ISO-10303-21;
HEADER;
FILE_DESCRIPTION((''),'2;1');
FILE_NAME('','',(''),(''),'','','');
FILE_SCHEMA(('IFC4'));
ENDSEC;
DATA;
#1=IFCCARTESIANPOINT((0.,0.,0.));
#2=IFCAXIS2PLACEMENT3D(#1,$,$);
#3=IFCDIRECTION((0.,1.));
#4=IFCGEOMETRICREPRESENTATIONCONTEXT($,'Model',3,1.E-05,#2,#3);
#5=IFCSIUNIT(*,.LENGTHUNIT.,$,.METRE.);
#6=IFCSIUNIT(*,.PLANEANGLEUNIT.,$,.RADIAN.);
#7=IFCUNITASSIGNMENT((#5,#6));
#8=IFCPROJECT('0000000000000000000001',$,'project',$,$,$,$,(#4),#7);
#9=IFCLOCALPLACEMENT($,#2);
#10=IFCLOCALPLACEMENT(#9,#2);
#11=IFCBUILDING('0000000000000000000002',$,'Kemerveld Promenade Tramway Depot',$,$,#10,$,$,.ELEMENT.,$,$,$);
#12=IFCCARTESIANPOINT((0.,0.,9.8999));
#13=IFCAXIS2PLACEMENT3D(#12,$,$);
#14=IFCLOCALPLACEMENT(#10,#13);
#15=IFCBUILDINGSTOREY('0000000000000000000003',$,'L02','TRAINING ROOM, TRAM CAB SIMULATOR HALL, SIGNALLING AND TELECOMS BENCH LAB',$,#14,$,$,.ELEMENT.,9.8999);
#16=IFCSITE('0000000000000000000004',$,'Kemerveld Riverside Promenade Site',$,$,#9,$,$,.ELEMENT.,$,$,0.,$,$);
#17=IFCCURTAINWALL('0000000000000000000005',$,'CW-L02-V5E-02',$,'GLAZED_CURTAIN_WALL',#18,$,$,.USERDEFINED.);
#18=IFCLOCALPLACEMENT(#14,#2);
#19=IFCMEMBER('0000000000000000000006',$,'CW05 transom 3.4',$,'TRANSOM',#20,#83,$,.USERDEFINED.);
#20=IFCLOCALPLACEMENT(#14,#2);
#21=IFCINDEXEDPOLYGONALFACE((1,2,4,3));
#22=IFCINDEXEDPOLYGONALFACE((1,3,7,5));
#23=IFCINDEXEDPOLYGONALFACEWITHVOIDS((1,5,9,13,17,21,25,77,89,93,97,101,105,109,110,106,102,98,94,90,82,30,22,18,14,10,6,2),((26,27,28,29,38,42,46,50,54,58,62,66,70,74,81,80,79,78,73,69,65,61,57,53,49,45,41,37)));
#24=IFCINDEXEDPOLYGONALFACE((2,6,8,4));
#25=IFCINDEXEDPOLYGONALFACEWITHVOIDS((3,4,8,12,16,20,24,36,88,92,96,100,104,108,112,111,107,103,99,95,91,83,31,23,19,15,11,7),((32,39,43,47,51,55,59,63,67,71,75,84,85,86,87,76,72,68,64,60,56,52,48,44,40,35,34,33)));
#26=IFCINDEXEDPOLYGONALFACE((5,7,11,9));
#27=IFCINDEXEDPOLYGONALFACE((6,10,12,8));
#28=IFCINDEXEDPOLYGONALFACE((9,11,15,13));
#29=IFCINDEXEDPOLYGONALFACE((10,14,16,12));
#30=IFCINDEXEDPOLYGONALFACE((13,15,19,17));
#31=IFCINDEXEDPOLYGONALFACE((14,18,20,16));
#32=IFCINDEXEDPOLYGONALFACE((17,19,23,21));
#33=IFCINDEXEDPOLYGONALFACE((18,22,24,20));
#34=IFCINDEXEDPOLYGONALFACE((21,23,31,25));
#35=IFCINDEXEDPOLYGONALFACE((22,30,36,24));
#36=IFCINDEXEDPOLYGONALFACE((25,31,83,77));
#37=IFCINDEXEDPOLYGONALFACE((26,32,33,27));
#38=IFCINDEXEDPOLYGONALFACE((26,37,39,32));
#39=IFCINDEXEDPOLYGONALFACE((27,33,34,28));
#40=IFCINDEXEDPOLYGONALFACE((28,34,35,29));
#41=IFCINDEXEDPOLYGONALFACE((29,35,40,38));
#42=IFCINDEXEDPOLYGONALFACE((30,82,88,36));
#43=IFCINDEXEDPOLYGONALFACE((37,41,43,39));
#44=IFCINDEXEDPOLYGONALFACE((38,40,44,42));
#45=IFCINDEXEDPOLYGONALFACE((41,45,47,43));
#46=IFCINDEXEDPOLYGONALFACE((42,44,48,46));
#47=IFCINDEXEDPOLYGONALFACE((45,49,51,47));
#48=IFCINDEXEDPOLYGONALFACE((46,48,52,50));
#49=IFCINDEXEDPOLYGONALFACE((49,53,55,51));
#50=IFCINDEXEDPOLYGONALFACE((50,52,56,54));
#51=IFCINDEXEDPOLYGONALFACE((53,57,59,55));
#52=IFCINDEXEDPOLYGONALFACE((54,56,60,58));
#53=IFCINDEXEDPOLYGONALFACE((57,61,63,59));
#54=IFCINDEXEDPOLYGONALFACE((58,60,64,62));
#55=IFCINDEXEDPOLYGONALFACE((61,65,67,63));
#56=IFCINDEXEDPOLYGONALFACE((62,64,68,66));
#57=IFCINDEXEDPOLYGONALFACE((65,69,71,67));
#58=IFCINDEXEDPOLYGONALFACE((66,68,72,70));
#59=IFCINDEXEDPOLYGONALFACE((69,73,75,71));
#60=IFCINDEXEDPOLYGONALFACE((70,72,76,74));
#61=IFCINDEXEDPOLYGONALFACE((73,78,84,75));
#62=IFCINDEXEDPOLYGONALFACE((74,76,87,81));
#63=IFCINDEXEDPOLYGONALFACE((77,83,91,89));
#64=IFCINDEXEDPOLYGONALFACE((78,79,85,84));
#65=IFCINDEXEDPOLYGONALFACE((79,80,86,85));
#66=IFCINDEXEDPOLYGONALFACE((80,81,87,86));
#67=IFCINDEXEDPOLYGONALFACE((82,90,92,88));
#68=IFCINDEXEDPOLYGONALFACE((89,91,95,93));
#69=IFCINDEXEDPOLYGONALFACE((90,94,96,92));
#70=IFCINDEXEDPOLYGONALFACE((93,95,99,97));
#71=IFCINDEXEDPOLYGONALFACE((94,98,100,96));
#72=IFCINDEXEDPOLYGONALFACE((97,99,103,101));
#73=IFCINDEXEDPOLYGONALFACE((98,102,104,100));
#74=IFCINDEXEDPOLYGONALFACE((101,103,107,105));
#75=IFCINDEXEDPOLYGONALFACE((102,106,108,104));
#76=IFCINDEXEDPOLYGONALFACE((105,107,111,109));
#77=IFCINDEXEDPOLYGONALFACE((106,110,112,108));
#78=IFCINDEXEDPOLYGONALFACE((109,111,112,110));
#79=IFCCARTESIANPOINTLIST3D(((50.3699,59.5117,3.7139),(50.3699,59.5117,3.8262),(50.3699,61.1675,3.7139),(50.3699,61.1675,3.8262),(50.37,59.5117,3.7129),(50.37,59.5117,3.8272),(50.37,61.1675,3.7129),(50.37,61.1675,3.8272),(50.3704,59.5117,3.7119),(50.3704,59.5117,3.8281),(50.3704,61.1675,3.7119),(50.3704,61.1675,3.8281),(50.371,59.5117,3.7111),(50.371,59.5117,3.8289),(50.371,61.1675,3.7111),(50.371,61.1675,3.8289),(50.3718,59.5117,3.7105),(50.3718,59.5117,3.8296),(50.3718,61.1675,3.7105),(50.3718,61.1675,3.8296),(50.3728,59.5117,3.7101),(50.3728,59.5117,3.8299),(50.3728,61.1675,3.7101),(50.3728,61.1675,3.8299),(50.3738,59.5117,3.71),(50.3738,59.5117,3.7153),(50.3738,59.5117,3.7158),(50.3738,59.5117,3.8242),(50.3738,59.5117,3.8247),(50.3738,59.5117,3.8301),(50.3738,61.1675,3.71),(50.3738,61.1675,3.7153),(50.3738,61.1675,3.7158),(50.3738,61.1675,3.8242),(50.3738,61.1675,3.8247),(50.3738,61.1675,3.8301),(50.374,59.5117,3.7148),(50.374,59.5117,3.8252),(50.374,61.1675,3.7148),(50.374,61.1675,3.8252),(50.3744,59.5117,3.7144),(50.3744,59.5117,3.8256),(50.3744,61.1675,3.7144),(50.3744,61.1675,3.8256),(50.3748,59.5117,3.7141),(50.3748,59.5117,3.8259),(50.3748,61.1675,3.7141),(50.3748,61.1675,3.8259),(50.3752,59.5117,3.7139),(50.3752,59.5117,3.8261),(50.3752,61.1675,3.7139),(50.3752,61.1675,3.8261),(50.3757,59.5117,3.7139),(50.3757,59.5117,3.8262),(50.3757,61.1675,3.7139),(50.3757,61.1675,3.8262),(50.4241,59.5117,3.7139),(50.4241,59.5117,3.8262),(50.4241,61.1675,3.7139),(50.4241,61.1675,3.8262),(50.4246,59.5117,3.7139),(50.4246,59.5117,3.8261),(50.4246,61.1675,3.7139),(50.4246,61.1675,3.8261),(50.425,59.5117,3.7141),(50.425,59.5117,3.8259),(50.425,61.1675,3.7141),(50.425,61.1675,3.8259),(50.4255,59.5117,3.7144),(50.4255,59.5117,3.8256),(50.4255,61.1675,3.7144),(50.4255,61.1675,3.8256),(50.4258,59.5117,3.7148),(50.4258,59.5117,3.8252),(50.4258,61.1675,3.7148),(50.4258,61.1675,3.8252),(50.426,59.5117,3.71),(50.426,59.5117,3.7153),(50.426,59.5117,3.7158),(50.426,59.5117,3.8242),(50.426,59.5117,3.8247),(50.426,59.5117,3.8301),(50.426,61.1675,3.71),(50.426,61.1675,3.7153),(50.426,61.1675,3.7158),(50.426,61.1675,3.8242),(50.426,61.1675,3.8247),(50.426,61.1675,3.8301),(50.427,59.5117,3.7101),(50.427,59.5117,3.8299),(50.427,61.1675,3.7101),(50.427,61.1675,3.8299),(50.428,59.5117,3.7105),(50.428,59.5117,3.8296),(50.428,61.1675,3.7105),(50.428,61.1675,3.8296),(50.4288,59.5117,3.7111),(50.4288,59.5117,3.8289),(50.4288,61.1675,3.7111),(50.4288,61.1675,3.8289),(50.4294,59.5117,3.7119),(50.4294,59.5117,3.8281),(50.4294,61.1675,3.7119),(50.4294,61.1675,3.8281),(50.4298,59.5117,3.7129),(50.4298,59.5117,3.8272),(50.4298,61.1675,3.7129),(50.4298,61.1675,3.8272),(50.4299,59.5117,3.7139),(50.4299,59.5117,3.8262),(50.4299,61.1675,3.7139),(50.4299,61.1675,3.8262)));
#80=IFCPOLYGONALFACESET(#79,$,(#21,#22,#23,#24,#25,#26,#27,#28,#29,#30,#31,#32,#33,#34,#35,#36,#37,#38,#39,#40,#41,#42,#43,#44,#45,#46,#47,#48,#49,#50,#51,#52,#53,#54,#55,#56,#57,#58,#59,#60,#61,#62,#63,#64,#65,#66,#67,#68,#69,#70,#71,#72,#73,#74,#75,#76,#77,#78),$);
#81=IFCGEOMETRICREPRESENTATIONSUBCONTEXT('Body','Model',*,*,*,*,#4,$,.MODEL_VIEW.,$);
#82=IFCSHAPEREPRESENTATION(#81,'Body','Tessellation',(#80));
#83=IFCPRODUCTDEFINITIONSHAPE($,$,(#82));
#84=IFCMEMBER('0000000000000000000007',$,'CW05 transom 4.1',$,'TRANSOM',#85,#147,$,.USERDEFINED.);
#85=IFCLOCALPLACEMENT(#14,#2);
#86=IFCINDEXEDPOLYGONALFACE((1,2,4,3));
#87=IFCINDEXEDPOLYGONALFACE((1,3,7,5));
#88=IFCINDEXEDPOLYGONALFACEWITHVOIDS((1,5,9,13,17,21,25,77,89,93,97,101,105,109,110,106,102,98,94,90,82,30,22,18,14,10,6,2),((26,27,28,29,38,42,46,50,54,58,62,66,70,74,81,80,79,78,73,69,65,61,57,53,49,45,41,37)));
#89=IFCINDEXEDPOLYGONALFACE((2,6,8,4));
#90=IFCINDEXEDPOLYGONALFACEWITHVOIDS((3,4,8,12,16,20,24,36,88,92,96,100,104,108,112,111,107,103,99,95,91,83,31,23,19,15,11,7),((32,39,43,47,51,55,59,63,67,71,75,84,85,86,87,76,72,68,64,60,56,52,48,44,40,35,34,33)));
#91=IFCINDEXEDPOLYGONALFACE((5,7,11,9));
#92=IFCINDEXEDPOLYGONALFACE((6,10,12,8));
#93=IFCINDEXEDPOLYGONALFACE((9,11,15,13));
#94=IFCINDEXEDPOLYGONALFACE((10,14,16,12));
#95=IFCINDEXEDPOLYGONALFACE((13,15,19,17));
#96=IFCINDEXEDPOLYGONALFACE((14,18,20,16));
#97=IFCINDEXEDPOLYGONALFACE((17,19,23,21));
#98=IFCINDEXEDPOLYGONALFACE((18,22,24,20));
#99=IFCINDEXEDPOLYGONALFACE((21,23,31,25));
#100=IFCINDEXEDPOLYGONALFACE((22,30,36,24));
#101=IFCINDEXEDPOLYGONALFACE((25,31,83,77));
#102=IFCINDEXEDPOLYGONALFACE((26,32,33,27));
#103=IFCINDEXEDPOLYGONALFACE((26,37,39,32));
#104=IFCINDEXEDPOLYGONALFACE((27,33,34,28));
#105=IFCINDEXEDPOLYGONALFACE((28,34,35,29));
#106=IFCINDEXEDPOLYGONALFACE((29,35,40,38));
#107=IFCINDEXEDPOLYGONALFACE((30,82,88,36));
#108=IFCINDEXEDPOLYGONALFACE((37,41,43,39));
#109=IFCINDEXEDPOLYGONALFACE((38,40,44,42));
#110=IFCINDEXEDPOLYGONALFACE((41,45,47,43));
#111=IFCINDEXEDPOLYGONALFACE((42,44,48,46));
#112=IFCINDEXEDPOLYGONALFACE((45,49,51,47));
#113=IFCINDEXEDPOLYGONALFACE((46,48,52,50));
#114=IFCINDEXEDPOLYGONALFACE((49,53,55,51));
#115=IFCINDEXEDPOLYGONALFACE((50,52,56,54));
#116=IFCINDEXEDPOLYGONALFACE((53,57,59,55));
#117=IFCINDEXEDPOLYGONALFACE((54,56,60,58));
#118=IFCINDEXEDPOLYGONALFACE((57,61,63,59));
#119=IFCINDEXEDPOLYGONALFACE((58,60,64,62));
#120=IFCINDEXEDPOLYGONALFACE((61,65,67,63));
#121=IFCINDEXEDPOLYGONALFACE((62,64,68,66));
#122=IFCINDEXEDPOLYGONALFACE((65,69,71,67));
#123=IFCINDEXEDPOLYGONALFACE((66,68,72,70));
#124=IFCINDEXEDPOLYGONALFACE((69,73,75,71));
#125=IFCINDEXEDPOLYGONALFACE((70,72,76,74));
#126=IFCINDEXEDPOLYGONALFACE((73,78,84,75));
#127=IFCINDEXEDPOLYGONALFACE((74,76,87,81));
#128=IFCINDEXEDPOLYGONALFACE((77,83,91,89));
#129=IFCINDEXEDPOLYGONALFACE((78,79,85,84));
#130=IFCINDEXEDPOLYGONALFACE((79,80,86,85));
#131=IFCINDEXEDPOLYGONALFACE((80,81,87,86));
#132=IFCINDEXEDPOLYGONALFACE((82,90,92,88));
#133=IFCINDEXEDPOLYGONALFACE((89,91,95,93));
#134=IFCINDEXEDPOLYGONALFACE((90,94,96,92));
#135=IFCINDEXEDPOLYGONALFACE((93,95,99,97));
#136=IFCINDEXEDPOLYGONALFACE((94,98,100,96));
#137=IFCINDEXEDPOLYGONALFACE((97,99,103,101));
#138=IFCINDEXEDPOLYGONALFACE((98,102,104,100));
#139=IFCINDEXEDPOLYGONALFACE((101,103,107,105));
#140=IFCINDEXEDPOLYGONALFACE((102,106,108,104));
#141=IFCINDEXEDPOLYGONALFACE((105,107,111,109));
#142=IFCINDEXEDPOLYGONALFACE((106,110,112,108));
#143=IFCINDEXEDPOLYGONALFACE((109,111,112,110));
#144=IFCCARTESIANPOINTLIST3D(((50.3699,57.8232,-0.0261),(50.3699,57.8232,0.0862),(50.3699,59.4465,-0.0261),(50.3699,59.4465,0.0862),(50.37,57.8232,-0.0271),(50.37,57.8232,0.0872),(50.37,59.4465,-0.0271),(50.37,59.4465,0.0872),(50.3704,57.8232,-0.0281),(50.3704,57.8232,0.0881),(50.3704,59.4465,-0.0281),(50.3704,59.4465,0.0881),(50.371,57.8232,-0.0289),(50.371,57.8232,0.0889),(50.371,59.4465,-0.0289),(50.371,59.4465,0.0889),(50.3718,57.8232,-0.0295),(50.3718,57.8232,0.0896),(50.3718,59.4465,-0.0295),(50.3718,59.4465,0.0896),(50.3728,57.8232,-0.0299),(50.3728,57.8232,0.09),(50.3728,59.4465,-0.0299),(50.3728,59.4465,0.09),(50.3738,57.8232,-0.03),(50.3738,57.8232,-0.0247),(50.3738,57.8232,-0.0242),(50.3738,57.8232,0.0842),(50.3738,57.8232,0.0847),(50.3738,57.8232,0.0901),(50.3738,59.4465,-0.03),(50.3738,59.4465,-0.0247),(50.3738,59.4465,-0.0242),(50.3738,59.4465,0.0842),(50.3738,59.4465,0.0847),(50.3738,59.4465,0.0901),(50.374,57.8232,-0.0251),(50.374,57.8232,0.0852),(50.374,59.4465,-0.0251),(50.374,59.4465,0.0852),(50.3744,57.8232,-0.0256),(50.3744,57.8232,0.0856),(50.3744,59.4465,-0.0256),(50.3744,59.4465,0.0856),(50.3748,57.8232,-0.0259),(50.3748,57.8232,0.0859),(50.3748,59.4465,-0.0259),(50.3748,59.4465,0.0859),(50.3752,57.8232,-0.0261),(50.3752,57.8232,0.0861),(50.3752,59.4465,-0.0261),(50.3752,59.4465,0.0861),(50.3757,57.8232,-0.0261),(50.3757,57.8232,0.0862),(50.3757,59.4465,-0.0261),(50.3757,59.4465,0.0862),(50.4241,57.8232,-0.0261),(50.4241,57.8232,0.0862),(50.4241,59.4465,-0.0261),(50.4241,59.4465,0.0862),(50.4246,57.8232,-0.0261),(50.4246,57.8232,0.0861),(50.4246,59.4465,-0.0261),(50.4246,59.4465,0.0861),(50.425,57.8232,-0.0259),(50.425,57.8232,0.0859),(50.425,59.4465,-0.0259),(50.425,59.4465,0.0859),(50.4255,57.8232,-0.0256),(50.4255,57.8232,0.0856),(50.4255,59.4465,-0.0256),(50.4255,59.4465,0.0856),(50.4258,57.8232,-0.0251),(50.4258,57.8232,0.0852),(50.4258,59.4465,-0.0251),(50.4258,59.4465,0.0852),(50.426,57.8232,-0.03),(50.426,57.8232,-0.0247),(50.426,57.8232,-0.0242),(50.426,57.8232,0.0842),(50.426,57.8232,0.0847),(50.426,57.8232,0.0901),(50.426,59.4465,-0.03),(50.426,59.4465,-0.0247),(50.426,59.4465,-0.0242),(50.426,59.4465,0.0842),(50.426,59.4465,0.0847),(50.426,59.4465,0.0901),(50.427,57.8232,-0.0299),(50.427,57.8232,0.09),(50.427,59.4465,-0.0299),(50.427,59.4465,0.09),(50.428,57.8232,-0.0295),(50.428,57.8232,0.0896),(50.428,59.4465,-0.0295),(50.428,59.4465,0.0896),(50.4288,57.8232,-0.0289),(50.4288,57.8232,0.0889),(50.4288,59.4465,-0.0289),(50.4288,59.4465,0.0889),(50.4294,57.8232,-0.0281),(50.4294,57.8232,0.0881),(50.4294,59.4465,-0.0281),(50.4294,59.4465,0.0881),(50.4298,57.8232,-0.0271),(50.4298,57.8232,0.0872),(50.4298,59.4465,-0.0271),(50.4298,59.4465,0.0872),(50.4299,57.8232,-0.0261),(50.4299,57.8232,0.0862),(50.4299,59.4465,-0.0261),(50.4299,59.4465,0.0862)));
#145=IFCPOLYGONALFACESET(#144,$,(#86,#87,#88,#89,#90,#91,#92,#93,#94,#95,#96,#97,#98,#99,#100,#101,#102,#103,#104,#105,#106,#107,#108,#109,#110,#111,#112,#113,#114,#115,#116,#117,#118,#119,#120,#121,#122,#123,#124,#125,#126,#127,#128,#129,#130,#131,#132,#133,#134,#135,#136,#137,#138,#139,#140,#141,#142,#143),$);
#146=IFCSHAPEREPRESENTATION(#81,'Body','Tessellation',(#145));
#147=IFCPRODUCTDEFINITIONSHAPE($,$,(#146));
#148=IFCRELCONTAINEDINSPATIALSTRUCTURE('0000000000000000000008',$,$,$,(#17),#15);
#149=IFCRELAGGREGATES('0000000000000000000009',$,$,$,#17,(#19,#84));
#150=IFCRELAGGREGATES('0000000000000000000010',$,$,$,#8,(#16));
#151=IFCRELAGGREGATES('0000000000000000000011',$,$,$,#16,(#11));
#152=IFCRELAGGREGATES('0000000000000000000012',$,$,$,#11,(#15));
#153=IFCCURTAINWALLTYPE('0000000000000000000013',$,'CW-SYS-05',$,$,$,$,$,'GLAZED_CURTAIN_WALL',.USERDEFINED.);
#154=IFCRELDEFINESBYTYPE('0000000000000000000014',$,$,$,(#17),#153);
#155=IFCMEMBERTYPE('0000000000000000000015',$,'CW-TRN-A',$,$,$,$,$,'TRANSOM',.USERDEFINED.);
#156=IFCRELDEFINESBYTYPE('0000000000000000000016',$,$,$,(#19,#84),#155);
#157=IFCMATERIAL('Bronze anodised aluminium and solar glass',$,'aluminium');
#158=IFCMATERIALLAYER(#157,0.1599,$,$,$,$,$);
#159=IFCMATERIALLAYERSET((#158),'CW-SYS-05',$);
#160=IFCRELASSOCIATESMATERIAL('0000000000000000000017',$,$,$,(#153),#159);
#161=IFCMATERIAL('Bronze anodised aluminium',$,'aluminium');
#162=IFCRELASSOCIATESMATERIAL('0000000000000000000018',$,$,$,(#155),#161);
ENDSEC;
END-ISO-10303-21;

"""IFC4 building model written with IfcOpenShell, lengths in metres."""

from ifc_helpers import new_model, si_unit, direction, frame, origin, origin_2d, place, context, subcontext, project, spatial, hollow_rectangle, extrude, material, layer, layer_set, material_profile, profile_set, type_object, element, aggregate, save


model = new_model("IFC4")

# Units and contexts
model_context = context("Model", 3, precision=1e-05, world=origin(), true_north=direction((0.0, 1.0)))
body_context = subcontext(model_context, "Body", "Model", "MODEL_VIEW")
ifc_project = project(units=[si_unit("LENGTHUNIT", "METRE"), si_unit("PLANEANGLEUNIT", "RADIAN")], contexts=[model_context])

# Site, building, storey
site_placement = place(None, origin())
site = spatial("IfcSite", under=ifc_project, at=site_placement, Name="Kemerveld Riverside Promenade Site", CompositionType="ELEMENT", RefElevation=0.0)
building_placement = place(site_placement, origin())
building = spatial("IfcBuilding", under=site, at=building_placement, Name="Kemerveld Promenade Tramway Depot", CompositionType="ELEMENT")
storey_placement = place(building_placement, frame((0.0, 0.0, 9.8999)))
storey = spatial("IfcBuildingStorey", under=building, at=storey_placement, Name="L02", Description="TRAINING ROOM, TRAM CAB SIMULATOR HALL, SIGNALLING AND TELECOMS BENCH LAB", CompositionType="ELEMENT", Elevation=9.8999)

# Curtain wall, members
ifc_material_1 = material(Name="Bronze anodised aluminium and solar glass", Category="aluminium")
ifc_layer_1 = layer(ifc_material_1, 0.1599)
ifc_layer_set_1 = layer_set([ifc_layer_1], Name="CW-SYS-05")
curtain_wall_type = type_object("IfcCurtainWallType", Name="CW-SYS-05", ElementType="GLAZED_CURTAIN_WALL", PredefinedType="USERDEFINED", material=ifc_layer_set_1)
curtain_wall_placement = place(storey_placement, origin())
curtain_wall = element("IfcCurtainWall", 1, at=curtain_wall_placement, inside=storey, type_object=curtain_wall_type, Name="CW-L02-V5E-02", ObjectType="GLAZED_CURTAIN_WALL", PredefinedType="USERDEFINED")
ifc_material_2 = material(Name="Bronze anodised aluminium", Category="aluminium")
ifc_material_profile_1 = material_profile(ifc_material_2, hollow_rectangle(XDim=0.0601, YDim=0.1201, WallThickness=0.0039, InnerFilletRadius=0.002, OuterFilletRadius=0.0039, at=origin_2d()), Name="CW-TRN-120x60")
ifc_profile_set_1 = profile_set([ifc_material_profile_1], Name="Bronze anodised aluminium")
member_type_1 = type_object("IfcMemberType", Name="CW-TRN-A", ElementType="TRANSOM", PredefinedType="USERDEFINED", material=ifc_profile_set_1)
member_1_placement = place(storey_placement, frame((50.3999, 61.1675, 3.77), z_axis=(0.0, -1.0, 0.0), x_axis=(1.0, 0.0, 0.0)))
member_1 = element("IfcMember", 2, at=member_1_placement, type_object=member_type_1, Name="CW05 transom 3.4", ObjectType="TRANSOM", PredefinedType="USERDEFINED", context=body_context, shape_type="SweptSolid", body=[
    extrude(hollow_rectangle(XDim=0.0601, YDim=0.1201, WallThickness=0.0039, InnerFilletRadius=0.002, OuterFilletRadius=0.0039, at=origin_2d()), origin(), (0.0, 0.0, 1.0), 1.6558),
])
member_2_placement = place(storey_placement, frame((50.3999, 59.4465, 0.03), z_axis=(0.0, -1.0, 0.0), x_axis=(1.0, 0.0, 0.0)))
member_2 = element("IfcMember", 3, at=member_2_placement, type_object=member_type_1, Name="CW05 transom 4.1", ObjectType="TRANSOM", PredefinedType="USERDEFINED", context=body_context, shape_type="SweptSolid", body=[
    extrude(hollow_rectangle(XDim=0.0601, YDim=0.1201, WallThickness=0.0039, InnerFilletRadius=0.002, OuterFilletRadius=0.0039, at=origin_2d()), origin(), (0.0, 0.0, 1.0), 1.6233),
])
aggregate(curtain_wall, [member_1, member_2])

save(model, "model.ifc")
